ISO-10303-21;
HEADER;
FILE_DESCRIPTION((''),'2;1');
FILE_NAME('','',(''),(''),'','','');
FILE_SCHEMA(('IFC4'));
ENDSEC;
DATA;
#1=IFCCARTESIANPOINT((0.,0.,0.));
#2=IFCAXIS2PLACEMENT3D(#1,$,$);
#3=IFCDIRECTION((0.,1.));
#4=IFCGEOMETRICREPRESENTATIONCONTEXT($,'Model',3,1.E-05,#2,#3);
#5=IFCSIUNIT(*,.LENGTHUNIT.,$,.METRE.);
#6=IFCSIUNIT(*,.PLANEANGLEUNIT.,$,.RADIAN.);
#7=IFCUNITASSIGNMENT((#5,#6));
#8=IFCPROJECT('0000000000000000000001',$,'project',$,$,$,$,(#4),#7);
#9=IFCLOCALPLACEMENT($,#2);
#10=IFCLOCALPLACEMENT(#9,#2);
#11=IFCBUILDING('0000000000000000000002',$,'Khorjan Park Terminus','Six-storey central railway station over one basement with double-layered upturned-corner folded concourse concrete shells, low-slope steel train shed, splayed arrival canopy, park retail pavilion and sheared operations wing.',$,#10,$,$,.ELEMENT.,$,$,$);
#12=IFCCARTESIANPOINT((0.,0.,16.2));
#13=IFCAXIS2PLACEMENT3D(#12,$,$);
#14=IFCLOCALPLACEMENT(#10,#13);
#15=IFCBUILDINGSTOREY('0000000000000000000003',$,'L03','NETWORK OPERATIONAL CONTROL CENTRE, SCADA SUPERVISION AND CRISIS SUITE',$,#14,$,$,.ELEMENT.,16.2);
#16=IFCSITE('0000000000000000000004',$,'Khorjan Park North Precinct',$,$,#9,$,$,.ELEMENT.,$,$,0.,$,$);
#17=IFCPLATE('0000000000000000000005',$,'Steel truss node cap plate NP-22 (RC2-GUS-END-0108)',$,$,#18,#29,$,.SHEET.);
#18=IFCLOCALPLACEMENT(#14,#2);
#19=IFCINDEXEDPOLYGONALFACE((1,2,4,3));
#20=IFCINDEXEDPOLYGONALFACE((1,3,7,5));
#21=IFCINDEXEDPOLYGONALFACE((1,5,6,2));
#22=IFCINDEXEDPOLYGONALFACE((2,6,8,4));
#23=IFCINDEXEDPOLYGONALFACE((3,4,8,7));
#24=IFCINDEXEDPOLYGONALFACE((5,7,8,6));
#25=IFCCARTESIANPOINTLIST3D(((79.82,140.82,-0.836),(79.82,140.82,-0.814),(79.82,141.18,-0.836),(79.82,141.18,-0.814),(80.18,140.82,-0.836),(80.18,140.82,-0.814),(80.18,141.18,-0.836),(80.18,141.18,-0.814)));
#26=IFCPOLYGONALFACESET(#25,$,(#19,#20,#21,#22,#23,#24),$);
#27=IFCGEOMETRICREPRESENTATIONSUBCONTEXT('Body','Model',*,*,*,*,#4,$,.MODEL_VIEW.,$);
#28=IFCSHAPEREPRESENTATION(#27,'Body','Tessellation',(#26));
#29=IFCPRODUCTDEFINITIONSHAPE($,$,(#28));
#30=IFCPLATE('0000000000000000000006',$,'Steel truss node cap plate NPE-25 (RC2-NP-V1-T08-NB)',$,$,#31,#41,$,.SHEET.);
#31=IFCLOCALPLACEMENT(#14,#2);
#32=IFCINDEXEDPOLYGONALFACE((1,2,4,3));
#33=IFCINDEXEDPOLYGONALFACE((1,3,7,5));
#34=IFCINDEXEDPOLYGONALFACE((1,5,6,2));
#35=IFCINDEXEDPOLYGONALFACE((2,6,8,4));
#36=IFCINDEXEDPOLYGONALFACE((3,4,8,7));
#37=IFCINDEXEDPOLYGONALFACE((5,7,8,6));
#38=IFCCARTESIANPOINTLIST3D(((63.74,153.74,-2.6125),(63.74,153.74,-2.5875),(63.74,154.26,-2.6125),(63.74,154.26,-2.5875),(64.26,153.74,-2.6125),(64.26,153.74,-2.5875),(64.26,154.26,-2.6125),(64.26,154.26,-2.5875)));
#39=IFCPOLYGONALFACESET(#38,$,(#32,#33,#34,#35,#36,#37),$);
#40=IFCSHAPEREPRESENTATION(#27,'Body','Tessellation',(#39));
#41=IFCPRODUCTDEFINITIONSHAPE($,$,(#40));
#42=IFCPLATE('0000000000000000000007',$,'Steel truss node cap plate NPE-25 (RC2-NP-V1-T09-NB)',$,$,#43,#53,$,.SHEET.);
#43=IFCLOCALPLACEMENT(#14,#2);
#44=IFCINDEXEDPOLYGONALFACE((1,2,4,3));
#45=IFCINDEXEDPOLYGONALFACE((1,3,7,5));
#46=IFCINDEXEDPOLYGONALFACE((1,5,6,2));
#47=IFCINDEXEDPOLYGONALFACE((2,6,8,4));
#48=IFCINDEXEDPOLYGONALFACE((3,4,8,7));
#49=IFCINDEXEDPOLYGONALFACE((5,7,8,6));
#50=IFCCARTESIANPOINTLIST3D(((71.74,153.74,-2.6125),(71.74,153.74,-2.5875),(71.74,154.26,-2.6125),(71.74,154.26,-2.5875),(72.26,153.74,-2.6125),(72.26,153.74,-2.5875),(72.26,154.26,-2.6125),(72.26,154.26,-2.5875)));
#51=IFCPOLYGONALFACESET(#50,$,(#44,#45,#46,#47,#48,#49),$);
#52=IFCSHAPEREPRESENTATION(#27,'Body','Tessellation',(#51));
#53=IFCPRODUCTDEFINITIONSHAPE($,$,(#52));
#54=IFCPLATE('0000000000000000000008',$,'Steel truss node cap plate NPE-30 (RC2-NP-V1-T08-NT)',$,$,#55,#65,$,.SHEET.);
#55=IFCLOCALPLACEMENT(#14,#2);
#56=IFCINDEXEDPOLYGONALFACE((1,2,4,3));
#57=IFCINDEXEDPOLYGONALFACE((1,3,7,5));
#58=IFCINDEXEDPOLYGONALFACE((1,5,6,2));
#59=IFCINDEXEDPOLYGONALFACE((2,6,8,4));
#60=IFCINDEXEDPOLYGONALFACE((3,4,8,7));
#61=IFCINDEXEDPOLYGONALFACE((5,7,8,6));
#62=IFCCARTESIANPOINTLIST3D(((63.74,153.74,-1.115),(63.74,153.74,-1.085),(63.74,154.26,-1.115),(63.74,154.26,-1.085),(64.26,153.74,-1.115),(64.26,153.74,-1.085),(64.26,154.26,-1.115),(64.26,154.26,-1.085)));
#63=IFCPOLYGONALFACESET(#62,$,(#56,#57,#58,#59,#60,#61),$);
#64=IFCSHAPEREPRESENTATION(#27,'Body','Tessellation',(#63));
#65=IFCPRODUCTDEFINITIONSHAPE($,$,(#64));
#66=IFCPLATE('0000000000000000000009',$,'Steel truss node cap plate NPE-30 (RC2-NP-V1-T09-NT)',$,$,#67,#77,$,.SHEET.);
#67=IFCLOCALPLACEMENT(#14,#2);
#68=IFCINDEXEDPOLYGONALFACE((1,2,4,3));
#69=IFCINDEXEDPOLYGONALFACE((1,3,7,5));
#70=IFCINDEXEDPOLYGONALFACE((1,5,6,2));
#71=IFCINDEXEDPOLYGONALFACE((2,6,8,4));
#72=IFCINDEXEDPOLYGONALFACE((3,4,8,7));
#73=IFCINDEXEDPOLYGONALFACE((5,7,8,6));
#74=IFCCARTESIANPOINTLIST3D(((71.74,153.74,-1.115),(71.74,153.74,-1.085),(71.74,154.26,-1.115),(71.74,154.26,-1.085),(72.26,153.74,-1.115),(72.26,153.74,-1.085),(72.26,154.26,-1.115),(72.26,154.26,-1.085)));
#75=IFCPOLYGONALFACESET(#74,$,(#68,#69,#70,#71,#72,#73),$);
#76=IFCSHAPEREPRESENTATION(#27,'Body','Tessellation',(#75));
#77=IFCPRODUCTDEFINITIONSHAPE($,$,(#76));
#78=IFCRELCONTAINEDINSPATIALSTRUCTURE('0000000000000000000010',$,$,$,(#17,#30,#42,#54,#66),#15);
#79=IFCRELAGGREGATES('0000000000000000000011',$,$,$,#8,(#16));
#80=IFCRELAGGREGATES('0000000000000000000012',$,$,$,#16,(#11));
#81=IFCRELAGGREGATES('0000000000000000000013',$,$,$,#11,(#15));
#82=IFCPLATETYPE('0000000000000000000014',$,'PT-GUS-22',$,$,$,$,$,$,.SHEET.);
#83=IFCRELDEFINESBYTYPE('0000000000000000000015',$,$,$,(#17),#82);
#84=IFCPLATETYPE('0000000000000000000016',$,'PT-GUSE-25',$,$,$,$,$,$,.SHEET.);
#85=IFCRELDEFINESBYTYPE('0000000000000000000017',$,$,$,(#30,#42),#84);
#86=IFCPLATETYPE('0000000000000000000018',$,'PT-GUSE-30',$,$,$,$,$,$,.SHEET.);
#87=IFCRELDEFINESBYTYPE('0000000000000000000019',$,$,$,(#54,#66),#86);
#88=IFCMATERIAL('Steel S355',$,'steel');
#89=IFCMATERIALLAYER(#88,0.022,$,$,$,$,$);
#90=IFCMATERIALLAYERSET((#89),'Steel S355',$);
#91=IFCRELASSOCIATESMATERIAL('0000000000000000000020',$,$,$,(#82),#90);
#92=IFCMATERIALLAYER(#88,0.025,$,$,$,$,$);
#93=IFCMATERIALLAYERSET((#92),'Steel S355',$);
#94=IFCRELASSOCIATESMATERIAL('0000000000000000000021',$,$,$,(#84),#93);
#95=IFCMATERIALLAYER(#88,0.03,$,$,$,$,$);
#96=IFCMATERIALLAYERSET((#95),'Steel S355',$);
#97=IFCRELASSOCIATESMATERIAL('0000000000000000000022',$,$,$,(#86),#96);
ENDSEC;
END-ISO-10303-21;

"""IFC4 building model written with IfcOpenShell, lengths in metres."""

from ifc_helpers import new_model, si_unit, direction, frame, origin, origin_2d, place, context, subcontext, project, spatial, rectangle, extrude, material, layer, layer_set, type_object, element, save


model = new_model("IFC4")

# Units and contexts
model_context = context("Model", 3, precision=1e-05, world=origin(), true_north=direction((0.0, 1.0)))
body_context = subcontext(model_context, "Body", "Model", "MODEL_VIEW")
ifc_project = project(units=[si_unit("LENGTHUNIT", "METRE"), si_unit("PLANEANGLEUNIT", "RADIAN")], contexts=[model_context])

# Site, building, storey
site_placement = place(None, origin())
site = spatial("IfcSite", under=ifc_project, at=site_placement, Name="Khorjan Park North Precinct", CompositionType="ELEMENT", RefElevation=0.0)
building_placement = place(site_placement, origin())
building = spatial("IfcBuilding", under=site, at=building_placement, Name="Khorjan Park Terminus", Description="Six-storey central railway station over one basement with double-layered upturned-corner folded concourse concrete shells, low-slope steel train shed, splayed arrival canopy, park retail pavilion and sheared operations wing.", CompositionType="ELEMENT")
storey_placement = place(building_placement, frame((0.0, 0.0, 16.2)))
storey = spatial("IfcBuildingStorey", under=building, at=storey_placement, Name="L03", Description="NETWORK OPERATIONAL CONTROL CENTRE, SCADA SUPERVISION AND CRISIS SUITE", CompositionType="ELEMENT", Elevation=16.2)

# Shared definitions
ifc_material = material(Name="Steel S355", Category="steel")

# Plates
ifc_layer_1 = layer(ifc_material, 0.022)
ifc_layer_set_1 = layer_set([ifc_layer_1], Name="Steel S355")
plate_type_1 = type_object("IfcPlateType", Name="PT-GUS-22", PredefinedType="SHEET", material=ifc_layer_set_1)
for number, where, z_axis, x_axis, name in (
    (1, (80.0, 141.0, -0.836), (0.0, 0.0, 1.0), (1.0, 0.0, 0.0), "Steel truss node cap plate NP-22 (RC2-GUS-END-0108)"),
):
    element("IfcPlate", number, at=place(storey_placement, frame(where, z_axis=z_axis, x_axis=x_axis)), inside=storey, type_object=plate_type_1, Name=name, PredefinedType="SHEET", context=body_context, shape_type="SweptSolid", body=[
        extrude(rectangle(XDim=0.36, YDim=0.36, at=origin_2d()), origin(), (0.0, 0.0, 1.0), 0.022),
    ])
ifc_layer_2 = layer(ifc_material, 0.025)
ifc_layer_set_2 = layer_set([ifc_layer_2], Name="Steel S355")
plate_type_2 = type_object("IfcPlateType", Name="PT-GUSE-25", PredefinedType="SHEET", material=ifc_layer_set_2)
for number, where, z_axis, x_axis, name in (
    (2, (64.0, 154.0, -2.6125), (0.0, 0.0, 1.0), (1.0, 0.0, 0.0), "Steel truss node cap plate NPE-25 (RC2-NP-V1-T08-NB)"),
    (3, (72.0, 154.0, -2.6125), (0.0, 0.0, 1.0), (1.0, 0.0, 0.0), "Steel truss node cap plate NPE-25 (RC2-NP-V1-T09-NB)"),
):
    element("IfcPlate", number, at=place(storey_placement, frame(where, z_axis=z_axis, x_axis=x_axis)), inside=storey, type_object=plate_type_2, Name=name, PredefinedType="SHEET", context=body_context, shape_type="SweptSolid", body=[
        extrude(rectangle(XDim=0.52, YDim=0.52, at=origin_2d()), origin(), (0.0, 0.0, 1.0), 0.025),
    ])
ifc_layer_3 = layer(ifc_material, 0.03)
ifc_layer_set_3 = layer_set([ifc_layer_3], Name="Steel S355")
plate_type_3 = type_object("IfcPlateType", Name="PT-GUSE-30", PredefinedType="SHEET", material=ifc_layer_set_3)
for number, where, z_axis, x_axis, name in (
    (4, (64.0, 154.0, -1.115), (0.0, 0.0, 1.0), (1.0, 0.0, 0.0), "Steel truss node cap plate NPE-30 (RC2-NP-V1-T08-NT)"),
    (5, (72.0, 154.0, -1.115), (0.0, 0.0, 1.0), (1.0, 0.0, 0.0), "Steel truss node cap plate NPE-30 (RC2-NP-V1-T09-NT)"),
):
    element("IfcPlate", number, at=place(storey_placement, frame(where, z_axis=z_axis, x_axis=x_axis)), inside=storey, type_object=plate_type_3, Name=name, PredefinedType="SHEET", context=body_context, shape_type="SweptSolid", body=[
        extrude(rectangle(XDim=0.52, YDim=0.52, at=origin_2d()), origin(), (0.0, 0.0, 1.0), 0.03),
    ])

save(model, "model.ifc")
